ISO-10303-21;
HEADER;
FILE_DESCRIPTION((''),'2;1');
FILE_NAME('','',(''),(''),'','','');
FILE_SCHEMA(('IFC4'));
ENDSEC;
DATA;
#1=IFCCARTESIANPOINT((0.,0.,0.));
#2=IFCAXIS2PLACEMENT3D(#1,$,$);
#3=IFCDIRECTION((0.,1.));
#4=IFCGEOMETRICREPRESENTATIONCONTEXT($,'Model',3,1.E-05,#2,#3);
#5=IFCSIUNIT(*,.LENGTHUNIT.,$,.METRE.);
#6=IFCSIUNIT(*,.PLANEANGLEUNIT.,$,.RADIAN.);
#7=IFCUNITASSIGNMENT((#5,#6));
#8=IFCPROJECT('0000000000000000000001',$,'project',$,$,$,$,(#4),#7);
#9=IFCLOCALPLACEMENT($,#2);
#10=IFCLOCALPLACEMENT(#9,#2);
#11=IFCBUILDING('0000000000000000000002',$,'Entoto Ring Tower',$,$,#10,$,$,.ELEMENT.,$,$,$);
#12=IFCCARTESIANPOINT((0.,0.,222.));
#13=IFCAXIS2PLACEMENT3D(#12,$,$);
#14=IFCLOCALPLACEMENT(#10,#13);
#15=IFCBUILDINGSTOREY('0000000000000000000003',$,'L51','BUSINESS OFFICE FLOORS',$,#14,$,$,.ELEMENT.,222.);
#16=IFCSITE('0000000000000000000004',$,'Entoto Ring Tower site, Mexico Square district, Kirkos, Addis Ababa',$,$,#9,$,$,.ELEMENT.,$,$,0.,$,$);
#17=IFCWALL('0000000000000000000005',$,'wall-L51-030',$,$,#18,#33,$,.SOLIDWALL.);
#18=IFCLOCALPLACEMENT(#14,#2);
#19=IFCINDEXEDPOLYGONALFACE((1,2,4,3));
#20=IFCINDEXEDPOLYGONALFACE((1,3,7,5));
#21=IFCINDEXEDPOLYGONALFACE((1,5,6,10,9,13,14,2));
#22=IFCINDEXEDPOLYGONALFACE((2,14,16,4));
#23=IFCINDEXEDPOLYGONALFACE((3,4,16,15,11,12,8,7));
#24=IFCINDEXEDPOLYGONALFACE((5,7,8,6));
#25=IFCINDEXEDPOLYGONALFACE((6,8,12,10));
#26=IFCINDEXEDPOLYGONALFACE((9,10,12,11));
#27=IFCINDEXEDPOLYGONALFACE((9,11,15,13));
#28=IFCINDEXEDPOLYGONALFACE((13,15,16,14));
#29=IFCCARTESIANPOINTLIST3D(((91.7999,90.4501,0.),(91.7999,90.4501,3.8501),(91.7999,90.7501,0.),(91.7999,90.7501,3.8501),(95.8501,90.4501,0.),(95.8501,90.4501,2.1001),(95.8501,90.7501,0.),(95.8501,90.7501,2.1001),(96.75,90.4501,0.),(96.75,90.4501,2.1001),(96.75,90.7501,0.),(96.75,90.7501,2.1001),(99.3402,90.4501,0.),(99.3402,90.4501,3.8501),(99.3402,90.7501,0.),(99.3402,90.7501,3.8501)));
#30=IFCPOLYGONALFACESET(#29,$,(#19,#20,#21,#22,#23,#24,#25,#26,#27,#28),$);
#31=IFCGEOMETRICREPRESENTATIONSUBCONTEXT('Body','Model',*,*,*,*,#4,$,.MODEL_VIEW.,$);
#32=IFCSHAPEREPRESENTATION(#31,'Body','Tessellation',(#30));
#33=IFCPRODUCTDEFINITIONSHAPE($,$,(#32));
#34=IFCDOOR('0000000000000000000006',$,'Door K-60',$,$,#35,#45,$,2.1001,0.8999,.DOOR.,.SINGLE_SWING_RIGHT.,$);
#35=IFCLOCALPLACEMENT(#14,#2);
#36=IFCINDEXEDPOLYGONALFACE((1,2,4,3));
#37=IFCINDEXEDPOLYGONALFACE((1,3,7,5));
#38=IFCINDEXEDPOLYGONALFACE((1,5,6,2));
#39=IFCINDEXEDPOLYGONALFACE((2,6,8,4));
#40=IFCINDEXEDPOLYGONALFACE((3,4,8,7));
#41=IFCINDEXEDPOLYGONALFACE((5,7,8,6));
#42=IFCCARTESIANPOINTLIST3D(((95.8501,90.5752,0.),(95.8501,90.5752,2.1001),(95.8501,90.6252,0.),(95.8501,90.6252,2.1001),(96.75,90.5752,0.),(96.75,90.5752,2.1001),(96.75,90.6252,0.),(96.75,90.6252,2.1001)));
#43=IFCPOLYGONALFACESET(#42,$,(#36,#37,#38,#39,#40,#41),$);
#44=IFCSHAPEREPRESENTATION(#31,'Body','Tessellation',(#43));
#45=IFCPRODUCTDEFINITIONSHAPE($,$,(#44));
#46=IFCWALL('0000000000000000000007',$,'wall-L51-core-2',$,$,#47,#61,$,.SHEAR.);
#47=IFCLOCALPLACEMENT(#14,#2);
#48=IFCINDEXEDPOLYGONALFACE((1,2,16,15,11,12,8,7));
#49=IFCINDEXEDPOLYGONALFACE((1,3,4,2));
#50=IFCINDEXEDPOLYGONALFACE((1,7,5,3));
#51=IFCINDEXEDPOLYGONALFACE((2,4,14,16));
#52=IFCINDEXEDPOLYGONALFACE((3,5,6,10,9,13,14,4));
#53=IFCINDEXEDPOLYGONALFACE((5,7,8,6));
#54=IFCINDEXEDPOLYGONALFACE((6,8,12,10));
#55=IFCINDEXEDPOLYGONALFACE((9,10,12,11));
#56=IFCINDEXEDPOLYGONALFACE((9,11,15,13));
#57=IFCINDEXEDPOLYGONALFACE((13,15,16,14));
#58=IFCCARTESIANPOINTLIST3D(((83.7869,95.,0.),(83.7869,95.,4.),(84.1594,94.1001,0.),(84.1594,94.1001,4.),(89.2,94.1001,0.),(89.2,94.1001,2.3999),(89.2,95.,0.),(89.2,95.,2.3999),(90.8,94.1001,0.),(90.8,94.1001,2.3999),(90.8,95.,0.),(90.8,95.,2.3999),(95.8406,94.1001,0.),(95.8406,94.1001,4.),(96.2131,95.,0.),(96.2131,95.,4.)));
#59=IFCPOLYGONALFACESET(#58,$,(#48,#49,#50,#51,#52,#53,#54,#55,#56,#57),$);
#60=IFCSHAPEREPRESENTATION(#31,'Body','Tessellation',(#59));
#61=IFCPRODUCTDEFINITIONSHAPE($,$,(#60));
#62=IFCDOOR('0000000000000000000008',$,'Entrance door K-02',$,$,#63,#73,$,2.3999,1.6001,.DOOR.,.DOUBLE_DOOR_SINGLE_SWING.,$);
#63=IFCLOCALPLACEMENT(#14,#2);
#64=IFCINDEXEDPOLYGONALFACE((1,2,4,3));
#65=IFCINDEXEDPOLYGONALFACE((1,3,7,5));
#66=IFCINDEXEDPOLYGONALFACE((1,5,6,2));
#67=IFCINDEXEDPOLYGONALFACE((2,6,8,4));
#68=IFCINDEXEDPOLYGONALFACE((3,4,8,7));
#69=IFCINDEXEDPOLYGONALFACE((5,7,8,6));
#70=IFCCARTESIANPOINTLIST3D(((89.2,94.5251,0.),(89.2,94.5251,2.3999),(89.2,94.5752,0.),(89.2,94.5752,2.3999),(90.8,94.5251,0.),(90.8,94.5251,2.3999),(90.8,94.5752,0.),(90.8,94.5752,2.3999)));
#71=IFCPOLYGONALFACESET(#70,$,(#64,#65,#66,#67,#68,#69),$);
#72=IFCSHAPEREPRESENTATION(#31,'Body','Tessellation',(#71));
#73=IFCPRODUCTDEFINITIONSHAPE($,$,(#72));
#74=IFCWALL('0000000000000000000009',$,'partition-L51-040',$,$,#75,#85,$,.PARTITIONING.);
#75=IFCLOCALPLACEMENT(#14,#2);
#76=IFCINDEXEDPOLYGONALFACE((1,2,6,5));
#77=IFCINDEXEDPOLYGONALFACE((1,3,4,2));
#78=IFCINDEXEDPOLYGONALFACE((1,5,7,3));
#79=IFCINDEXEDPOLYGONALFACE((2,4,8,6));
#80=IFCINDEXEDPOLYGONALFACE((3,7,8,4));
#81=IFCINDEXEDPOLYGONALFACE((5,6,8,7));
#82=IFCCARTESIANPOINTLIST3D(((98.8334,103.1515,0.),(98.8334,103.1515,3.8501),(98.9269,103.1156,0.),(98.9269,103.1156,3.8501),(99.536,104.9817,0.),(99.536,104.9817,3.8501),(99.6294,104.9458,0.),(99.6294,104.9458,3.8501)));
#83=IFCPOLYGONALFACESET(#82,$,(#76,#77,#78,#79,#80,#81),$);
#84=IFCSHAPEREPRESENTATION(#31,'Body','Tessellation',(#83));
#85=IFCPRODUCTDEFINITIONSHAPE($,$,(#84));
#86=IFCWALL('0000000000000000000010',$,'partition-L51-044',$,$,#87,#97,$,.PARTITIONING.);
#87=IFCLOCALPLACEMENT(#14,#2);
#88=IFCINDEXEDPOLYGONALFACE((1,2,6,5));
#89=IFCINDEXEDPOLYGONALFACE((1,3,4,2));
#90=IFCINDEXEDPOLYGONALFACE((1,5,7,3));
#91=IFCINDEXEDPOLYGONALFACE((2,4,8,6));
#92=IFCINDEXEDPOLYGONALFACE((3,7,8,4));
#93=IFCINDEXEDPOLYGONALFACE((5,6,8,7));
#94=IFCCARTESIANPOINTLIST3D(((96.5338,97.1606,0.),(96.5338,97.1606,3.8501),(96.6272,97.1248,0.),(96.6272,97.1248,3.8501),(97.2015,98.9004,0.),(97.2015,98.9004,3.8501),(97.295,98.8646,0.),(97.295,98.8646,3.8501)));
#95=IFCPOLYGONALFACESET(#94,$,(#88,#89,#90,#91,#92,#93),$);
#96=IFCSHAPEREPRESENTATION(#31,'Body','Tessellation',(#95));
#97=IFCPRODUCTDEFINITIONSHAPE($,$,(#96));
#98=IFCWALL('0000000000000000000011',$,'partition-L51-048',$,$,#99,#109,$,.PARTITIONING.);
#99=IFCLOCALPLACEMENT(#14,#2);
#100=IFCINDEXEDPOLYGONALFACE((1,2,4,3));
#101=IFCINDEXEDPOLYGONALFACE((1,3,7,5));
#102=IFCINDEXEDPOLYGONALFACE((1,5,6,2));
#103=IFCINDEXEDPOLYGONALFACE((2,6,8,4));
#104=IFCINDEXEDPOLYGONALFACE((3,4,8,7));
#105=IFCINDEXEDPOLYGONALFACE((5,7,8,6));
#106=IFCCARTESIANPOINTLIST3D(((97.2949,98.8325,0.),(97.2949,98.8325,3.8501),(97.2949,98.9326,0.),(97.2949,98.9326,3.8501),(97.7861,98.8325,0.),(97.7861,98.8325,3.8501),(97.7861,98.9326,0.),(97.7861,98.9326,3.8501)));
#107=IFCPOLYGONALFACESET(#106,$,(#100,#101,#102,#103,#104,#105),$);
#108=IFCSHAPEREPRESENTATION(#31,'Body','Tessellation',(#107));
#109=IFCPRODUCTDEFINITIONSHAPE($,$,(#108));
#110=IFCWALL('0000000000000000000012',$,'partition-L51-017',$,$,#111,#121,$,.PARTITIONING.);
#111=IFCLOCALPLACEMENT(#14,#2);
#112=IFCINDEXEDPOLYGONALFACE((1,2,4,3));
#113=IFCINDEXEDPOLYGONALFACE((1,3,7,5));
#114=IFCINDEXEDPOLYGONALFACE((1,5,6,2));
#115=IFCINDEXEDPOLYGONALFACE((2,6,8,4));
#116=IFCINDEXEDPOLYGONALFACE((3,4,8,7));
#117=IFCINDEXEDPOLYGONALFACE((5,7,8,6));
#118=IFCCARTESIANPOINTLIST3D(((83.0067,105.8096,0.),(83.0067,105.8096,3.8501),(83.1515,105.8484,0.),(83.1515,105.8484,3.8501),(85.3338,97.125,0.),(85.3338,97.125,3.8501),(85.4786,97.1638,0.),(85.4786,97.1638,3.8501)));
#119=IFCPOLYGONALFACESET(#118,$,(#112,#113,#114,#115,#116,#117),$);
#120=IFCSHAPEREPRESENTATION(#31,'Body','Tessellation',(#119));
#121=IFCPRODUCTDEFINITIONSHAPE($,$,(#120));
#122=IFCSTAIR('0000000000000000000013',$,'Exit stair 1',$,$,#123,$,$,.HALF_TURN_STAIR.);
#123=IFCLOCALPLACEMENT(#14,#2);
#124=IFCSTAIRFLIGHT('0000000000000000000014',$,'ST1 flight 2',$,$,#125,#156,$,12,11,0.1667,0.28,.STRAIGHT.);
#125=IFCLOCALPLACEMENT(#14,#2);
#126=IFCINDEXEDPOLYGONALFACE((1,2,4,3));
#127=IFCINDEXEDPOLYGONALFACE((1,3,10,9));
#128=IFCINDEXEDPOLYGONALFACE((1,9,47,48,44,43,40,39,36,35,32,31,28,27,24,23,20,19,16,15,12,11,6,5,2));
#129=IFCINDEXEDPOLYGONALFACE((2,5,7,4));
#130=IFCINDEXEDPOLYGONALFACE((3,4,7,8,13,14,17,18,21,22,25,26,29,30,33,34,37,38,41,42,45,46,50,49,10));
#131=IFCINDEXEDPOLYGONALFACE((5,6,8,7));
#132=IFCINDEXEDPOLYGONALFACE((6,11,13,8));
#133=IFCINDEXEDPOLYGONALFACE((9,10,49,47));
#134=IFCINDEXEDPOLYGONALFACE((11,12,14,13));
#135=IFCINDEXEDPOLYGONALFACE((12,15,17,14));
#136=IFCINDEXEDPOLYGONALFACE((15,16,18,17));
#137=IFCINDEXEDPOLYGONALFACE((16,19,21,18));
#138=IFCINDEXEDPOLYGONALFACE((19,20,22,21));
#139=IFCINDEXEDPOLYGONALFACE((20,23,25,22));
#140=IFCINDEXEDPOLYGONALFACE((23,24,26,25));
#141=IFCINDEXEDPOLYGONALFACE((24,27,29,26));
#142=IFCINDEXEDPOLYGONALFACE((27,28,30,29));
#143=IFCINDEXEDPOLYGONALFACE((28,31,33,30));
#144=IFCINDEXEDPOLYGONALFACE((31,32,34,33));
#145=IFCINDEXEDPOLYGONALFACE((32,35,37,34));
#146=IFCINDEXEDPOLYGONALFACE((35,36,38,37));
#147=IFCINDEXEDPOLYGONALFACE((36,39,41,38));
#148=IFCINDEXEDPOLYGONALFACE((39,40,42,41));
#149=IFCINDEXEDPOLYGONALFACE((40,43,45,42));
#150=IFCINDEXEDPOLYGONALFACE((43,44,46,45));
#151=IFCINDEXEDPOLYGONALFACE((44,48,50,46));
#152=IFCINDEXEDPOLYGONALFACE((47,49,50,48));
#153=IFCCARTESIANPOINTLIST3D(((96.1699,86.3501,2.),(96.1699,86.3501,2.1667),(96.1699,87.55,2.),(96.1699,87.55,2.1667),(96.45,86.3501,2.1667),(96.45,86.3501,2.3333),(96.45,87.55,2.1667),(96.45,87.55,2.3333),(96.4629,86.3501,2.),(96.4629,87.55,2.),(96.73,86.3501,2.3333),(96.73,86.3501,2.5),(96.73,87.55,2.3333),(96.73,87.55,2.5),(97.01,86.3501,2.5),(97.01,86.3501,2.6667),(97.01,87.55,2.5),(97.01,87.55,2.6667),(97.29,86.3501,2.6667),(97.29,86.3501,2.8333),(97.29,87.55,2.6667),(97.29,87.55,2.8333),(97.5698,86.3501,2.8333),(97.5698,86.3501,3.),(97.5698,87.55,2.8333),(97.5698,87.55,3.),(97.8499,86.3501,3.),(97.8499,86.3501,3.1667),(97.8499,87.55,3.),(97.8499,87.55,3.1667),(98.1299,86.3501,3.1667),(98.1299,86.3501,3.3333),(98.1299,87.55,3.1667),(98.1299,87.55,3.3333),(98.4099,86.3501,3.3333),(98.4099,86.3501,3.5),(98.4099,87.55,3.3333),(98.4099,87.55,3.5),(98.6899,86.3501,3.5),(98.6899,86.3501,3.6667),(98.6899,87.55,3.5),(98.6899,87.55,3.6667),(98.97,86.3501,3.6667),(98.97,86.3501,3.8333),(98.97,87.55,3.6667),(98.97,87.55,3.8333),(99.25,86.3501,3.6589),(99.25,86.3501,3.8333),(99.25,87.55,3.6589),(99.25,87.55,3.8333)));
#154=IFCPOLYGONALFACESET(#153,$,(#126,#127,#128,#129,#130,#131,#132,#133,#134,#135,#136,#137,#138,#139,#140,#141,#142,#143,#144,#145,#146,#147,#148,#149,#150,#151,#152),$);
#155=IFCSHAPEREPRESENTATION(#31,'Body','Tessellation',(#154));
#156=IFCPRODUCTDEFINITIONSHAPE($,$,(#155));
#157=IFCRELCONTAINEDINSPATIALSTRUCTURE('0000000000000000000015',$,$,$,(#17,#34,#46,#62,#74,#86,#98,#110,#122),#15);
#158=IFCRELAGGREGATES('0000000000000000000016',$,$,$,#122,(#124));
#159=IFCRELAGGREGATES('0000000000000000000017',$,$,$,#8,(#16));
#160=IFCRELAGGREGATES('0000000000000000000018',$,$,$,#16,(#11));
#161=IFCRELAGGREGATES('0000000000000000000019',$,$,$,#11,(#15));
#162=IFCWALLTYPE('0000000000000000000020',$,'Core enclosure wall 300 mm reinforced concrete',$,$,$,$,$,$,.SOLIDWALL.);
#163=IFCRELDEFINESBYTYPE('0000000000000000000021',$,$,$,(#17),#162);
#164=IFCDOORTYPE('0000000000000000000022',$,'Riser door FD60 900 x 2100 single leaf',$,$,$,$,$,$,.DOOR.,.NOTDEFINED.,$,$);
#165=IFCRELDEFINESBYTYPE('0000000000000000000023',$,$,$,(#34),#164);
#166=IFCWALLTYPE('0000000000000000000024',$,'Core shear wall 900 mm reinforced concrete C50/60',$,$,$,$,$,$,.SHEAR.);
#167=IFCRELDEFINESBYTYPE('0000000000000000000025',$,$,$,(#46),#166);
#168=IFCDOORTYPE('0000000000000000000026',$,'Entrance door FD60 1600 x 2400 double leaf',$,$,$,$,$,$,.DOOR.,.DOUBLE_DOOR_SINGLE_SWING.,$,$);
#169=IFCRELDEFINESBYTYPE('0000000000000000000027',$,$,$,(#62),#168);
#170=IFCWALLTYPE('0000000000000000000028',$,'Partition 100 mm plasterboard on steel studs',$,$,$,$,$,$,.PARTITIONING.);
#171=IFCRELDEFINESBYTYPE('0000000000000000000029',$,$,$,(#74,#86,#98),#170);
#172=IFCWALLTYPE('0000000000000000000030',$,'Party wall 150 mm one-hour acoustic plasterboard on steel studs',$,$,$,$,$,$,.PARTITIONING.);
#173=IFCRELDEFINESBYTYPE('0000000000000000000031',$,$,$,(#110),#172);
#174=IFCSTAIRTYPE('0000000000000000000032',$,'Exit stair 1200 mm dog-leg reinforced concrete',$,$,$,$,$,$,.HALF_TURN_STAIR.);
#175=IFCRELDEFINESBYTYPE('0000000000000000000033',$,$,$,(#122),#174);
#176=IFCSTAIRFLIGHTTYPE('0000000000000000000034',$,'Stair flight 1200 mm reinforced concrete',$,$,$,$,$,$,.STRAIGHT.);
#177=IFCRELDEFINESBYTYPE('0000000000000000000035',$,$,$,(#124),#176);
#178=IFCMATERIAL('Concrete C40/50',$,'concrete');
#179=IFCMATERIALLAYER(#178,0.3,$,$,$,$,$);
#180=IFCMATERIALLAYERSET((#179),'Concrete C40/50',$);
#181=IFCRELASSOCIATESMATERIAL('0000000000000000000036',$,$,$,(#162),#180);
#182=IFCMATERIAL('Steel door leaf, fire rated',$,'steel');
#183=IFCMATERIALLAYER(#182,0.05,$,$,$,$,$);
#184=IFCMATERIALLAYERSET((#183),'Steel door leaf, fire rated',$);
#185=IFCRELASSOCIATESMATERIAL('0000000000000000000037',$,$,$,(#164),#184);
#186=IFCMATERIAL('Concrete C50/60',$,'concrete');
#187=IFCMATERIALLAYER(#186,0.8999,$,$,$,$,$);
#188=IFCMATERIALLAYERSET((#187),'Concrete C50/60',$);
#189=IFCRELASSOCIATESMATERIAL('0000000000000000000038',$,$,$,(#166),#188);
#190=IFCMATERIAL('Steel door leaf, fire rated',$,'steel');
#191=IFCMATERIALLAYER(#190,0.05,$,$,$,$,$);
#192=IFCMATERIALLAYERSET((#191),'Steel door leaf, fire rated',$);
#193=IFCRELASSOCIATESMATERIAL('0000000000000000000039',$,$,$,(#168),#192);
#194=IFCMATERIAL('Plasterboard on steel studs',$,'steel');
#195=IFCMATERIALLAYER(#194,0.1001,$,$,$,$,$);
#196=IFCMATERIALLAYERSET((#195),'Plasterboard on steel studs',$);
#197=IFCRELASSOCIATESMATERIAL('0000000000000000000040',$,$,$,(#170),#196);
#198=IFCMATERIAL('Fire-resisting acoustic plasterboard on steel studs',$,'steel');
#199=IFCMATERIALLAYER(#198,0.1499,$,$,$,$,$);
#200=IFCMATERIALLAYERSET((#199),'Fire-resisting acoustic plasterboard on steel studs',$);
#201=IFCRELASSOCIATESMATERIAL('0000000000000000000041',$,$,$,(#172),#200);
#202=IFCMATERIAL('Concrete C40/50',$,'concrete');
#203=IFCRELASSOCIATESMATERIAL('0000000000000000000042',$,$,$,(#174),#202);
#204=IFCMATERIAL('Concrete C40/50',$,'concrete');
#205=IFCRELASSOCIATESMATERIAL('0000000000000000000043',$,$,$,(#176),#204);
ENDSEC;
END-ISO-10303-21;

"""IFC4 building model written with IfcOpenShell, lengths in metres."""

from ifc_helpers import new_model, si_unit, direction, frame, frame_2d, origin, place, context, subcontext, project, spatial, polyline, rectangle, outline, extrude, material, layer, layer_set, type_object, element, fill, aggregate, save


model = new_model("IFC4")

# Units and contexts
model_context = context("Model", 3, precision=1e-05, world=origin(), true_north=direction((0.0, 1.0)))
body_context = subcontext(model_context, "Body", "Model", "MODEL_VIEW")
ifc_project = project(units=[si_unit("LENGTHUNIT", "METRE"), si_unit("PLANEANGLEUNIT", "RADIAN")], contexts=[model_context])

# Site, building, storey
site_placement = place(None, origin())
site = spatial("IfcSite", under=ifc_project, at=site_placement, Name="Entoto Ring Tower site, Mexico Square district, Kirkos, Addis Ababa", CompositionType="ELEMENT", RefElevation=0.0)
building_placement = place(site_placement, origin())
building = spatial("IfcBuilding", under=site, at=building_placement, Name="Entoto Ring Tower", CompositionType="ELEMENT")
storey_placement = place(building_placement, frame((0.0, 0.0, 222.0)))
storey = spatial("IfcBuildingStorey", under=building, at=storey_placement, Name="L51", Description="BUSINESS OFFICE FLOORS", CompositionType="ELEMENT", Elevation=222.0)

# Shared definitions
ifc_material_1 = material(Name="Concrete C40/50", Category="concrete")
ifc_layer_1 = layer(ifc_material_1, 0.3)
ifc_layer_set_1 = layer_set([ifc_layer_1], Name="Concrete C40/50")
wall_type_1 = type_object("IfcWallType", Name="Core enclosure wall 300 mm reinforced concrete", PredefinedType="SOLIDWALL", material=ifc_layer_set_1)

# Walls, openings, doors
wall_1_placement = place(storey_placement, frame((91.8, 90.6001, 0.0), z_axis=(0.0, 0.0, 1.0), x_axis=(1.0, 0.0, 0.0)))
wall_1 = element("IfcWall", 1, at=wall_1_placement, inside=storey, type_object=wall_type_1, Name="wall-L51-030", PredefinedType="SOLIDWALL", context=body_context, shape_type="SweptSolid", body=[
    extrude(rectangle(XDim=7.5403, YDim=0.3, at=frame_2d((3.77, 0.0))), origin(), (0.0, 0.0, 1.0), 3.8501),
])
opening_1_placement = place(wall_1_placement, frame((4.05, 0.0, 0.0)))
opening_1 = element("IfcOpeningElement", 2, at=opening_1_placement, cuts=wall_1, PredefinedType="OPENING", context=body_context, shape_type="SweptSolid", body=[
    extrude(rectangle(XDim=0.8999, YDim=2.1001, at=frame_2d((0.45, 1.05))), frame((0.0, 0.1602, 0.0), z_axis=(0.0, -1.0, 0.0), x_axis=(1.0, 0.0, 0.0)), (0.0, 0.0, 1.0), 0.3201),
])
ifc_material_2 = material(Name="Steel door leaf, fire rated", Category="steel")
ifc_layer_2 = layer(ifc_material_2, 0.05)
ifc_layer_set_2 = layer_set([ifc_layer_2], Name="Steel door leaf, fire rated")
door_type_1 = type_object("IfcDoorType", Name="Riser door FD60 900 x 2100 single leaf", OperationType="NOTDEFINED", PredefinedType="DOOR", material=ifc_layer_set_2)
door_1_placement = place(opening_1_placement, frame((0.8999, 0.0, 0.0), z_axis=(0.0, 0.0, 1.0), x_axis=(-1.0, 0.0, 0.0)))
door_1 = element("IfcDoor", 3, at=door_1_placement, inside=storey, type_object=door_type_1, Name="Door K-60", OperationType="SINGLE_SWING_RIGHT", OverallHeight=2.1001, OverallWidth=0.8999, PredefinedType="DOOR", context=body_context, shape_type="SweptSolid", body=[
    extrude(rectangle(XDim=0.8999, YDim=2.1001, at=frame_2d((0.45, 1.05))), frame((0.0, 0.0249, 0.0), z_axis=(0.0, -1.0, 0.0), x_axis=(1.0, 0.0, 0.0)), (0.0, 0.0, 1.0), 0.05),
])
fill(opening_1, door_1)
ifc_material_3 = material(Name="Concrete C50/60", Category="concrete")
ifc_layer_3 = layer(ifc_material_3, 0.8999)
ifc_layer_set_3 = layer_set([ifc_layer_3], Name="Concrete C50/60")
wall_type_2 = type_object("IfcWallType", Name="Core shear wall 900 mm reinforced concrete C50/60", PredefinedType="SHEAR", material=ifc_layer_set_3)
wall_2_placement = place(storey_placement, frame((96.0269, 94.55, 0.0), z_axis=(0.0, 0.0, 1.0), x_axis=(-1.0, 0.0, 0.0)))
wall_2 = element("IfcWall", 4, at=wall_2_placement, inside=storey, type_object=wall_type_2, Name="wall-L51-core-2", PredefinedType="SHEAR", context=body_context, shape_type="SweptSolid", body=[
    extrude(outline(polyline([(-0.1863, -0.45), (12.24, -0.45), (11.8674, 0.45), (0.1863, 0.45), (-0.1863, -0.45)])), origin(), (0.0, 0.0, 1.0), 4.0),
])
opening_2_placement = place(wall_2_placement, frame((5.2268, 0.0, 0.0)))
opening_2 = element("IfcOpeningElement", 5, at=opening_2_placement, cuts=wall_2, PredefinedType="OPENING", context=body_context, shape_type="SweptSolid", body=[
    extrude(rectangle(XDim=1.6001, YDim=2.3999, at=frame_2d((0.8, 1.2))), frame((0.0, 0.46, 0.0), z_axis=(0.0, -1.0, 0.0), x_axis=(1.0, 0.0, 0.0)), (0.0, 0.0, 1.0), 0.9199),
])
ifc_material_4 = material(Name="Steel door leaf, fire rated", Category="steel")
ifc_layer_4 = layer(ifc_material_4, 0.05)
ifc_layer_set_4 = layer_set([ifc_layer_4], Name="Steel door leaf, fire rated")
door_type_2 = type_object("IfcDoorType", Name="Entrance door FD60 1600 x 2400 double leaf", OperationType="DOUBLE_DOOR_SINGLE_SWING", PredefinedType="DOOR", material=ifc_layer_set_4)
door_2_placement = place(opening_2_placement, origin())
door_2 = element("IfcDoor", 6, at=door_2_placement, inside=storey, type_object=door_type_2, Name="Entrance door K-02", OperationType="DOUBLE_DOOR_SINGLE_SWING", OverallHeight=2.3999, OverallWidth=1.6001, PredefinedType="DOOR", context=body_context, shape_type="SweptSolid", body=[
    extrude(rectangle(XDim=1.6001, YDim=2.3999, at=frame_2d((0.8, 1.2))), frame((0.0, 0.0249, 0.0), z_axis=(0.0, -1.0, 0.0), x_axis=(1.0, 0.0, 0.0)), (0.0, 0.0, 1.0), 0.05),
])
fill(opening_2, door_2)

# Walls
ifc_material_5 = material(Name="Plasterboard on steel studs", Category="steel")
ifc_layer_5 = layer(ifc_material_5, 0.1001)
ifc_layer_set_5 = layer_set([ifc_layer_5], Name="Plasterboard on steel studs")
wall_type_3 = type_object("IfcWallType", Name="Partition 100 mm plasterboard on steel studs", PredefinedType="PARTITIONING", material=ifc_layer_set_5)
wall_3_placement = place(storey_placement, frame((98.8801, 103.1335, 0.0), z_axis=(0.0, 0.0, 1.0), x_axis=(0.358387, 0.933573, 0.0)))
element("IfcWall", 7, at=wall_3_placement, inside=storey, type_object=wall_type_3, Name="partition-L51-040", PredefinedType="PARTITIONING", context=body_context, shape_type="SweptSolid", body=[
    extrude(rectangle(XDim=1.9604, YDim=0.1001, at=frame_2d((0.9802, 0.0))), origin(), (0.0, 0.0, 1.0), 3.8501),
])
wall_4_placement = place(storey_placement, frame((96.5806, 97.1428, 0.0), z_axis=(0.0, 0.0, 1.0), x_axis=(0.358321, 0.933599, 0.0)))
element("IfcWall", 8, at=wall_4_placement, inside=storey, type_object=wall_type_3, Name="partition-L51-044", PredefinedType="PARTITIONING", context=body_context, shape_type="SweptSolid", body=[
    extrude(rectangle(XDim=1.8635, YDim=0.1001, at=frame_2d((0.9316, 0.0))), origin(), (0.0, 0.0, 1.0), 3.8501),
])
wall_5_placement = place(storey_placement, frame((97.2949, 98.8826, 0.0), z_axis=(0.0, 0.0, 1.0), x_axis=(1.0, 0.0, 0.0)))
element("IfcWall", 9, at=wall_5_placement, inside=storey, type_object=wall_type_3, Name="partition-L51-048", PredefinedType="PARTITIONING", context=body_context, shape_type="SweptSolid", body=[
    extrude(rectangle(XDim=0.4912, YDim=0.1001, at=frame_2d((0.2456, 0.0))), origin(), (0.0, 0.0, 1.0), 3.8501),
])
ifc_material_6 = material(Name="Fire-resisting acoustic plasterboard on steel studs", Category="steel")
ifc_layer_6 = layer(ifc_material_6, 0.1499)
ifc_layer_set_6 = layer_set([ifc_layer_6], Name="Fire-resisting acoustic plasterboard on steel studs")
wall_type_4 = type_object("IfcWallType", Name="Party wall 150 mm one-hour acoustic plasterboard on steel studs", PredefinedType="PARTITIONING", material=ifc_layer_set_6)
wall_6_placement = place(storey_placement, frame((85.4062, 97.1443, 0.0), z_axis=(0.0, 0.0, 1.0), x_axis=(-0.258832, 0.965922, 0.0)))
element("IfcWall", 10, at=wall_6_placement, inside=storey, type_object=wall_type_4, Name="partition-L51-017", PredefinedType="PARTITIONING", context=body_context, shape_type="SweptSolid", body=[
    extrude(rectangle(XDim=8.991, YDim=0.1499, at=frame_2d((4.4956, 0.0))), origin(), (0.0, 0.0, 1.0), 3.8501),
])

# Stair, stair flight
ifc_material_7 = material(Name="Concrete C40/50", Category="concrete")
stair_type = type_object("IfcStairType", Name="Exit stair 1200 mm dog-leg reinforced concrete", PredefinedType="HALF_TURN_STAIR", material=ifc_material_7)
stair_placement = place(storey_placement, origin())
stair = element("IfcStair", 11, at=stair_placement, inside=storey, type_object=stair_type, Name="Exit stair 1", PredefinedType="HALF_TURN_STAIR")
ifc_material_8 = material(Name="Concrete C40/50", Category="concrete")
stair_flight_type = type_object("IfcStairFlightType", Name="Stair flight 1200 mm reinforced concrete", PredefinedType="STRAIGHT", material=ifc_material_8)
stair_flight_placement = place(storey_placement, frame((96.1699, 86.95, 2.0), z_axis=(0.0, 0.0, 1.0), x_axis=(1.0, 0.0, 0.0)))
stair_flight = element("IfcStairFlight", 12, at=stair_flight_placement, type_object=stair_flight_type, Name="ST1 flight 2", NumberOfRisers=12, NumberOfTreads=11, PredefinedType="STRAIGHT", RiserHeight=0.1667, TreadLength=0.28, context=body_context, shape_type="SweptSolid", body=[
    extrude(outline(polyline([(0.0, 0.0), (0.0, 0.1667), (0.28, 0.1667), (0.28, 0.3333), (0.5601, 0.3333), (0.5601, 0.5), (0.8401, 0.5), (0.8401, 0.6667), (1.1201, 0.6667), (1.1201, 0.8333), (1.3999, 0.8333), (1.3999, 1.0), (1.6799, 1.0), (1.6799, 1.1667), (1.96, 1.1667), (1.96, 1.3333), (2.24, 1.3333), (2.24, 1.5), (2.52, 1.5), (2.52, 1.6667), (2.8, 1.6667), (2.8, 1.8333), (3.0801, 1.8333), (3.0801, 2.0), (3.0801, 1.6589), (0.293, 0.0), (0.0, 0.0)])), frame((0.0, 0.6001, 0.0), z_axis=(0.0, -1.0, 0.0), x_axis=(1.0, 0.0, 0.0)), (0.0, 0.0, 1.0), 1.2),
])
aggregate(stair, [stair_flight])

save(model, "model.ifc")
